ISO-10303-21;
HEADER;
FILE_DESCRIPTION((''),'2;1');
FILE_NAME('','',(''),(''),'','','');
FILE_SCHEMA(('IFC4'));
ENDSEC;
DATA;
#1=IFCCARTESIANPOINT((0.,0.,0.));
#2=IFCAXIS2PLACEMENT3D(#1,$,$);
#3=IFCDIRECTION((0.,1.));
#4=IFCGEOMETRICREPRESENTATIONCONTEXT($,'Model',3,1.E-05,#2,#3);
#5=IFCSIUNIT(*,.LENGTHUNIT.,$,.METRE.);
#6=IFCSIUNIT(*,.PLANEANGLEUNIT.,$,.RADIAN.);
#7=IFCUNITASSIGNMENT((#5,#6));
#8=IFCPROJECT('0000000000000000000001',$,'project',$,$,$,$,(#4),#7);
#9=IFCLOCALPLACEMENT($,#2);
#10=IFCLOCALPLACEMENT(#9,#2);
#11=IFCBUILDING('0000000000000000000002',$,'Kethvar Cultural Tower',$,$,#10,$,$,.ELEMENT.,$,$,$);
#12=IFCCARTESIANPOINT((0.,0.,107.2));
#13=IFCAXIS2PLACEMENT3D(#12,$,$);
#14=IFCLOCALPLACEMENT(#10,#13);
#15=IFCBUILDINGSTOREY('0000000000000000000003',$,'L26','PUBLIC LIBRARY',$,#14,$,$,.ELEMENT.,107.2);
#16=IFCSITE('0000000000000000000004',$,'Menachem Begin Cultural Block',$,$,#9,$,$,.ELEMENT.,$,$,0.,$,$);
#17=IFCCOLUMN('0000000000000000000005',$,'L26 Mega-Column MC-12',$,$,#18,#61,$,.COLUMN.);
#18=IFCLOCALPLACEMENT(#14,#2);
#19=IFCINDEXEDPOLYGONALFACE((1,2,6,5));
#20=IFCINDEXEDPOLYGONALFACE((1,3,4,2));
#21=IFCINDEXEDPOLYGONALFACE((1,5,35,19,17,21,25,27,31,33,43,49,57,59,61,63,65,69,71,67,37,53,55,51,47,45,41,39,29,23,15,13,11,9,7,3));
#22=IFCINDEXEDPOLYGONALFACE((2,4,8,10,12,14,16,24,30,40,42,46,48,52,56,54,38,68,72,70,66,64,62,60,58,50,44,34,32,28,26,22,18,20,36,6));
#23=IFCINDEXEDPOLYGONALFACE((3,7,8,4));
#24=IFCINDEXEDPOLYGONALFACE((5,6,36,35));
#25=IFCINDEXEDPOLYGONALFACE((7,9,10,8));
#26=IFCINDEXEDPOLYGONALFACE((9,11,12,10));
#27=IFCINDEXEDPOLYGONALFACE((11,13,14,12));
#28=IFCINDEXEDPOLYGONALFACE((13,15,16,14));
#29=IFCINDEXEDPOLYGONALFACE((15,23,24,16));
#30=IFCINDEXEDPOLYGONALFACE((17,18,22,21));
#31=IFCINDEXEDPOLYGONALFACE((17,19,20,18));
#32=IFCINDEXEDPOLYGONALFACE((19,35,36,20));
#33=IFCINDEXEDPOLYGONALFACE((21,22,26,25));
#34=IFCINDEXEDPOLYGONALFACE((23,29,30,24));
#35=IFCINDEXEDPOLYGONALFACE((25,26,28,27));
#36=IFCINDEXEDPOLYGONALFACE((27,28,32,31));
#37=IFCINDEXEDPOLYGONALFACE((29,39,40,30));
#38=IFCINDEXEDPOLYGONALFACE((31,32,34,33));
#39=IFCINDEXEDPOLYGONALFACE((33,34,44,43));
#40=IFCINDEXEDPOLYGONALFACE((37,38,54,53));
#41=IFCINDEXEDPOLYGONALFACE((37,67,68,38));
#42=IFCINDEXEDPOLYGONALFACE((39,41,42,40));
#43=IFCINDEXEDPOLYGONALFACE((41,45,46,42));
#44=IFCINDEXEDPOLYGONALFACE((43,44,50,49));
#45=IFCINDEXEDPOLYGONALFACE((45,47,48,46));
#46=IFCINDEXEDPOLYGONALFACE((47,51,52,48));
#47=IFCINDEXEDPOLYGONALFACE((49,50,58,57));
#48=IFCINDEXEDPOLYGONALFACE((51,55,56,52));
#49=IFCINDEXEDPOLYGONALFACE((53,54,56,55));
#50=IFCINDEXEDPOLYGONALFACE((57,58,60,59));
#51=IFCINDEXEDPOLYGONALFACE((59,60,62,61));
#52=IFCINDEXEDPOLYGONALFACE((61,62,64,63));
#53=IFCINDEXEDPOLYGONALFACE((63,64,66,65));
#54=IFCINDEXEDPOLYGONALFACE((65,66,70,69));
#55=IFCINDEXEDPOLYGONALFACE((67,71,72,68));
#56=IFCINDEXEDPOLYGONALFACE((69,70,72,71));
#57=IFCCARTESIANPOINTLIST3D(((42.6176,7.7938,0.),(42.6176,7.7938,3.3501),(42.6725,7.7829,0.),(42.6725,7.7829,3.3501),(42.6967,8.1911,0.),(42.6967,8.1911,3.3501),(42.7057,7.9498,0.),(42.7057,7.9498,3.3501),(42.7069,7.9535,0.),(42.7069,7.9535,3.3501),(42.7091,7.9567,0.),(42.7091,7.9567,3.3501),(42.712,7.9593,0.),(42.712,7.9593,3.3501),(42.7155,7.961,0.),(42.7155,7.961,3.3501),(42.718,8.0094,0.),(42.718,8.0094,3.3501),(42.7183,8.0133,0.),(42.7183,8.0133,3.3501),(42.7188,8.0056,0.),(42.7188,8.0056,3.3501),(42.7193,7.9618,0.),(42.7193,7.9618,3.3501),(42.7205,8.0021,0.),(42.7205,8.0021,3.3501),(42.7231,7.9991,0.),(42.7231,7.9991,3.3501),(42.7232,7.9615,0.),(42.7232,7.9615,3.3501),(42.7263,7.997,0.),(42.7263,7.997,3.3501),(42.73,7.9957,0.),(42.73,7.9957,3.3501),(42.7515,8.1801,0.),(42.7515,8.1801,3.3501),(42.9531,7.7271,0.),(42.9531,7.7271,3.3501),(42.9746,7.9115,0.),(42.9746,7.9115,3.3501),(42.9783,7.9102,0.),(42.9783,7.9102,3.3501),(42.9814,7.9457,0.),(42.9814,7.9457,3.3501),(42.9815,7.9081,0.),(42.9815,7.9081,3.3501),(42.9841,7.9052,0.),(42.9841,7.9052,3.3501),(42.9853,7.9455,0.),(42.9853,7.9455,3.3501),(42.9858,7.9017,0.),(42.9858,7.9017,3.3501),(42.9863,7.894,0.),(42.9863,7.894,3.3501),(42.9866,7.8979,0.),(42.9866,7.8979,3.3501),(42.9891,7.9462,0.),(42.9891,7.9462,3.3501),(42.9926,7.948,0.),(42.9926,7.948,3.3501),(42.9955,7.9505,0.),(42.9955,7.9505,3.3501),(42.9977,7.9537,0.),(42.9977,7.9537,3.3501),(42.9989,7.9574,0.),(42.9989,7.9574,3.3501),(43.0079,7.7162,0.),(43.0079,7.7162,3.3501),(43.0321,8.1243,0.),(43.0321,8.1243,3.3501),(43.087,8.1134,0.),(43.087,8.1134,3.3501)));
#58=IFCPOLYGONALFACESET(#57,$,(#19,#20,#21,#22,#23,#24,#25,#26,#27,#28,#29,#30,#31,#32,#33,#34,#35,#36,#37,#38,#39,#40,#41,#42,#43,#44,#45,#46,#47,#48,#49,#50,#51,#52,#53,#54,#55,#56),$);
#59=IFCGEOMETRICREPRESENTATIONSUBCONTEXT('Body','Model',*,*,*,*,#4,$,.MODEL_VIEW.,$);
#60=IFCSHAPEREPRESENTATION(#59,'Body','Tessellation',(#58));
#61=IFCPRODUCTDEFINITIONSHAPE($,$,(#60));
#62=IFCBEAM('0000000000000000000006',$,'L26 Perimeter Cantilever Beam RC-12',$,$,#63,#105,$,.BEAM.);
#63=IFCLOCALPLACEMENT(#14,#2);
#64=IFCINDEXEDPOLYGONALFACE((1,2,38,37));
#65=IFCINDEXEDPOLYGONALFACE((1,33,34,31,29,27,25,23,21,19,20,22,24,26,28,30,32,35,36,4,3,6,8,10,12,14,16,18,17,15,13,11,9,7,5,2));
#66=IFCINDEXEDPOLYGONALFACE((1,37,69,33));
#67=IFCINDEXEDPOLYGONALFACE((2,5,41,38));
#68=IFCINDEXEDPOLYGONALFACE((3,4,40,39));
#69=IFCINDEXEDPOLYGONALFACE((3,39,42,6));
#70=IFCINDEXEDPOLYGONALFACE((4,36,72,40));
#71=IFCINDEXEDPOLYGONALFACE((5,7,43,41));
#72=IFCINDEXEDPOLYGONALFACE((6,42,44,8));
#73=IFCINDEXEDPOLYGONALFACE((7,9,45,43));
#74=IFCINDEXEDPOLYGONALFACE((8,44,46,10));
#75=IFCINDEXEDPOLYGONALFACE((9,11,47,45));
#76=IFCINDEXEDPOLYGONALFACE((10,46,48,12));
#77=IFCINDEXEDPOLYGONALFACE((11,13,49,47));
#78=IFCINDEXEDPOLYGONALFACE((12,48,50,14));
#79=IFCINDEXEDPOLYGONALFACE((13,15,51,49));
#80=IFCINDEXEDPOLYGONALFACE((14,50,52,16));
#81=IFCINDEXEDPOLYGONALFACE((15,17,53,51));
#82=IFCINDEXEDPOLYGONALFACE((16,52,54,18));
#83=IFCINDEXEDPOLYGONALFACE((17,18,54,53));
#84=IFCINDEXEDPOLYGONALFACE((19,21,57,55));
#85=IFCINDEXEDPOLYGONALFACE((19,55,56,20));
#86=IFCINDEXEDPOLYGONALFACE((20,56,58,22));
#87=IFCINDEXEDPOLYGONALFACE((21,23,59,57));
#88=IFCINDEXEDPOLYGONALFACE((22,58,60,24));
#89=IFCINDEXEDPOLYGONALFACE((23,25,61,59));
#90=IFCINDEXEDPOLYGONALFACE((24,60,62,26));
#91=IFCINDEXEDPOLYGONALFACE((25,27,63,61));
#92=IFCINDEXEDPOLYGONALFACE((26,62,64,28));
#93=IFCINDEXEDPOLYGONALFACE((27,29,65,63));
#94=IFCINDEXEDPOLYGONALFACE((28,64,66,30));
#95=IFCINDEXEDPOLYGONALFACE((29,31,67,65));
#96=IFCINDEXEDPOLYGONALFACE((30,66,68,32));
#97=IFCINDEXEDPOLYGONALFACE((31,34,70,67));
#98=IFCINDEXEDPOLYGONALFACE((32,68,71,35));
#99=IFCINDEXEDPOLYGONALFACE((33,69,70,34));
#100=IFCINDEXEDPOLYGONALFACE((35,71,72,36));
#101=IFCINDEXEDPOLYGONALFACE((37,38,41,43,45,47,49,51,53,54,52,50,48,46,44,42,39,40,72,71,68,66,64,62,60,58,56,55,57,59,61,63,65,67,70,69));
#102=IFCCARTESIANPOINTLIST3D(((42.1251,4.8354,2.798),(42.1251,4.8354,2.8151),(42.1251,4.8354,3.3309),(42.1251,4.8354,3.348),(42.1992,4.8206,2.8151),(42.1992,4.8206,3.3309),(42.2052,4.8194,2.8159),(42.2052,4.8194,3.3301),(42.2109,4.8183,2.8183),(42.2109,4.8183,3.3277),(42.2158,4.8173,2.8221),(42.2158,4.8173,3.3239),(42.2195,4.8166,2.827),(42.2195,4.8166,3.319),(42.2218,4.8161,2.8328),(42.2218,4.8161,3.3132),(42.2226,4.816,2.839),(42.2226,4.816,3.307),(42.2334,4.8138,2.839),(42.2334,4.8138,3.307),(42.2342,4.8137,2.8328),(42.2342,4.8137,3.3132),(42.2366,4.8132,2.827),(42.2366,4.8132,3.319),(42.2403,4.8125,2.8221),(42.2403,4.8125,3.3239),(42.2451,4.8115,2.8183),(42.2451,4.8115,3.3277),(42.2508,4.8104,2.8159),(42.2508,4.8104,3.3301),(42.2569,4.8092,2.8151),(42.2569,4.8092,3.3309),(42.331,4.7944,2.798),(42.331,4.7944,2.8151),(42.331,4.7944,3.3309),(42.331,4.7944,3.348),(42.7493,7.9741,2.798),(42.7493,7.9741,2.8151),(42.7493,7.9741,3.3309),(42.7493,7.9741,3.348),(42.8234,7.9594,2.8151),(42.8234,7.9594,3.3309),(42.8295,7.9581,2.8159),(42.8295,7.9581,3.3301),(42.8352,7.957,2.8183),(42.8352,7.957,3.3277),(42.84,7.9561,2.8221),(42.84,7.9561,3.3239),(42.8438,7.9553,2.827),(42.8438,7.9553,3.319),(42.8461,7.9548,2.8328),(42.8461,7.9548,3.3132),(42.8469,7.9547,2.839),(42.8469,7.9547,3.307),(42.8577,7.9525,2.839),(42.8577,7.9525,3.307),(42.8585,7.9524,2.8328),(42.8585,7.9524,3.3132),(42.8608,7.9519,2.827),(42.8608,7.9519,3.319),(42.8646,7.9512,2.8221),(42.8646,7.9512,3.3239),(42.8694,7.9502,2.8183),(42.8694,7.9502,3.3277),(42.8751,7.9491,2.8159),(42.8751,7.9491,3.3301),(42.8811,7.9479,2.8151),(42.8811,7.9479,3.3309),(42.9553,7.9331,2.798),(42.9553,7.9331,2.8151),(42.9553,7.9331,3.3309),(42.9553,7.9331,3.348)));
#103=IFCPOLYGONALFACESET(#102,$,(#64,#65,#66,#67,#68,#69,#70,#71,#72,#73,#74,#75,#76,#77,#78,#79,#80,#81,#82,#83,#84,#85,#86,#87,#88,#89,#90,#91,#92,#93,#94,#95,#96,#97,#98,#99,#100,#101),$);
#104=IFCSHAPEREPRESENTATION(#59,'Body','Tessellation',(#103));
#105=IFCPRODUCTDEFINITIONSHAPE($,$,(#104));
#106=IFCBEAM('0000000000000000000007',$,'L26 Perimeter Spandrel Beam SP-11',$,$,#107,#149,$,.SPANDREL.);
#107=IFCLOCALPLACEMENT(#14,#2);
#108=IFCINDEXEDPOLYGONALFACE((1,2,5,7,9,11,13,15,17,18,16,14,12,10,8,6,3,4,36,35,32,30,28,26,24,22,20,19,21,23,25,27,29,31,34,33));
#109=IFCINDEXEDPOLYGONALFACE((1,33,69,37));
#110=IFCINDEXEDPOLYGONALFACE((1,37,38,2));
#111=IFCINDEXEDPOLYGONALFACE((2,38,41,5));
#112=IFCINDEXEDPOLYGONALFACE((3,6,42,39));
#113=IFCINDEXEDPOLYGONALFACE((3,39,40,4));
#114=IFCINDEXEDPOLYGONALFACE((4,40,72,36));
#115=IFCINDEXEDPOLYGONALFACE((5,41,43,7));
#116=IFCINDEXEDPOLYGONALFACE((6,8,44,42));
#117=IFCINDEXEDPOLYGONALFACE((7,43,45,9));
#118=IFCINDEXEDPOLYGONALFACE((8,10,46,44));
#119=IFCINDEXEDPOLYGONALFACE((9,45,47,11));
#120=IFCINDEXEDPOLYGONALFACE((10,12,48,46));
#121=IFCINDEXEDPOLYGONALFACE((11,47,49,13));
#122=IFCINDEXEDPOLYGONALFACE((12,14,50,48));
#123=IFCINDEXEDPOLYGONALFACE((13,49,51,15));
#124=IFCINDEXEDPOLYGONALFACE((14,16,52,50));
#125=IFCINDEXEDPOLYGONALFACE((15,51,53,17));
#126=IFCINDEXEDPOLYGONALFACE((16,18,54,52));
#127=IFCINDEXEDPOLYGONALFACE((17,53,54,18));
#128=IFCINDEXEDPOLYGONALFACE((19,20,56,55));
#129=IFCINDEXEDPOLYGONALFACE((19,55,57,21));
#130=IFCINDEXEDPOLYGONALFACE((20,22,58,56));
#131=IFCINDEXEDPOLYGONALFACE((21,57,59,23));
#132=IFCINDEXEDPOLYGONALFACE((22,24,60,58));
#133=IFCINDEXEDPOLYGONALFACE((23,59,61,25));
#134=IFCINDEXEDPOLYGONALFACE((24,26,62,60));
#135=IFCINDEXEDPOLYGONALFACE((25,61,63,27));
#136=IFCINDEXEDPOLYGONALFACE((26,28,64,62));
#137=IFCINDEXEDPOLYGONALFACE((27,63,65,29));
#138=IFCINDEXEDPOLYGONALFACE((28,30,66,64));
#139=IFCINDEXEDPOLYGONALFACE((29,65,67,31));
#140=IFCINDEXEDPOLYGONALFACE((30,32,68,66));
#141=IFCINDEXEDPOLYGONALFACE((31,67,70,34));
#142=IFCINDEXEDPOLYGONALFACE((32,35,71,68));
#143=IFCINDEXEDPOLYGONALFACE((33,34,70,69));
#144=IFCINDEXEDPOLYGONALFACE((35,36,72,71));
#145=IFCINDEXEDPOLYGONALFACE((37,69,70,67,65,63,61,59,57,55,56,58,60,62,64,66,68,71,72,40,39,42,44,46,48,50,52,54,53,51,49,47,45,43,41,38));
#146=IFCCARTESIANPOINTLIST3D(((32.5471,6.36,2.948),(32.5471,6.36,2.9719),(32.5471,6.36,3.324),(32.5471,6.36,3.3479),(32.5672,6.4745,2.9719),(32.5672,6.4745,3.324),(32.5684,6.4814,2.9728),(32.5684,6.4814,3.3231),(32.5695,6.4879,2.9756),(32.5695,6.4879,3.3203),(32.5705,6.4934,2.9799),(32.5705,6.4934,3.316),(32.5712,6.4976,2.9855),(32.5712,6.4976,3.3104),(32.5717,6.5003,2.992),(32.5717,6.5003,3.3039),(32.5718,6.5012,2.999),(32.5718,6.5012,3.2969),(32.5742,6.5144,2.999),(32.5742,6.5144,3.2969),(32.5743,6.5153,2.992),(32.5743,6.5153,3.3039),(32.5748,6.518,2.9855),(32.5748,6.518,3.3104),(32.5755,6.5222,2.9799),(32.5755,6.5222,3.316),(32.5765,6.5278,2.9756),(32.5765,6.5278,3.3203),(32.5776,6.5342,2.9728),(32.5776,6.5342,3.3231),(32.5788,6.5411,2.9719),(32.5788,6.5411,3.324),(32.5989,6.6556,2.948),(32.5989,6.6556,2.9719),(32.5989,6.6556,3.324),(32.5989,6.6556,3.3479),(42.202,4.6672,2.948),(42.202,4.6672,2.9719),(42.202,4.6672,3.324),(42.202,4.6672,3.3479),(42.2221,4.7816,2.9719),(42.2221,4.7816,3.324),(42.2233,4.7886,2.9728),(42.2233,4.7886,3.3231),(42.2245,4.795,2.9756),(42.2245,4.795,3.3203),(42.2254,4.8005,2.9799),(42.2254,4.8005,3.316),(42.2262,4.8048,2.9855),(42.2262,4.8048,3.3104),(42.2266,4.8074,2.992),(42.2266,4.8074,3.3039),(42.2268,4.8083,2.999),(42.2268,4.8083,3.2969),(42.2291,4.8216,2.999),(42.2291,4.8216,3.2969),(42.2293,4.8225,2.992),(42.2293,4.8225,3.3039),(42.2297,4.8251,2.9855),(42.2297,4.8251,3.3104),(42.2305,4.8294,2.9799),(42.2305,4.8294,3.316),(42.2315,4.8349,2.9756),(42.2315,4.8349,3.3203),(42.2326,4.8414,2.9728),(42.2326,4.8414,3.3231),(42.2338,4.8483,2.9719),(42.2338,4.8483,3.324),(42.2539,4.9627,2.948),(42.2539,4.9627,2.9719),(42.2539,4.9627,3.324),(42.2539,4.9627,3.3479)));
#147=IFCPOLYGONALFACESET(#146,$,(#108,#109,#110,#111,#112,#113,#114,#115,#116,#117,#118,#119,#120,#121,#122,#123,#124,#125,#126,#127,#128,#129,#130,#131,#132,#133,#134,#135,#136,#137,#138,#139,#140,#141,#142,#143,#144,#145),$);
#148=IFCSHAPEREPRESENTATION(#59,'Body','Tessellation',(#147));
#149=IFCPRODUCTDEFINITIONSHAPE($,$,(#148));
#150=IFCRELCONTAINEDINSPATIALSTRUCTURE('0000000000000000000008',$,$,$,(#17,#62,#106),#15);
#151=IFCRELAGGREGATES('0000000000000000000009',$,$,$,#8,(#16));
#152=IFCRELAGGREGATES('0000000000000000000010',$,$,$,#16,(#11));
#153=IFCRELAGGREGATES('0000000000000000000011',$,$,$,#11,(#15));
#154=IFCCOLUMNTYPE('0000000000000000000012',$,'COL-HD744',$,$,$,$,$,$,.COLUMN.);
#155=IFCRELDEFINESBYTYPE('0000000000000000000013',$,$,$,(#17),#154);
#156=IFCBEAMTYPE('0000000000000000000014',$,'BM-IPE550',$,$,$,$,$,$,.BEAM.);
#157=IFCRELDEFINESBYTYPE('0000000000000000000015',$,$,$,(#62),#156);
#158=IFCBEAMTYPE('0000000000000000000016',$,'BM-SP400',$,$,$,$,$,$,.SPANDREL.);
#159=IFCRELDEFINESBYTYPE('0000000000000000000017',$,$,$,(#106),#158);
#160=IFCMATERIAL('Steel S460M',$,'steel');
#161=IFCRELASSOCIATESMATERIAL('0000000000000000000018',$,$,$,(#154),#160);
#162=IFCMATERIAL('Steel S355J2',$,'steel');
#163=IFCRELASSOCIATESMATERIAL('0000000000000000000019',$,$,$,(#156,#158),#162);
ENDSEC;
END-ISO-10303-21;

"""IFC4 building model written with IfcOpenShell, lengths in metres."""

from ifc_helpers import new_model, si_unit, direction, frame, origin, origin_2d, place, context, subcontext, project, spatial, i_section, extrude, source, transform, mapped, material, material_profile, profile_set, type_object, element, save


model = new_model("IFC4")

# Units and contexts
model_context = context("Model", 3, precision=1e-05, world=origin(), true_north=direction((0.0, 1.0)))
body_context = subcontext(model_context, "Body", "Model", "MODEL_VIEW")
ifc_project = project(units=[si_unit("LENGTHUNIT", "METRE"), si_unit("PLANEANGLEUNIT", "RADIAN")], contexts=[model_context])

# Site, building, storey
site_placement = place(None, origin())
site = spatial("IfcSite", under=ifc_project, at=site_placement, Name="Menachem Begin Cultural Block", CompositionType="ELEMENT", RefElevation=0.0)
building_placement = place(site_placement, origin())
building = spatial("IfcBuilding", under=site, at=building_placement, Name="Kethvar Cultural Tower", CompositionType="ELEMENT")
storey_placement = place(building_placement, frame((0.0, 0.0, 107.2)))
storey = spatial("IfcBuildingStorey", under=building, at=storey_placement, Name="L26", Description="PUBLIC LIBRARY", CompositionType="ELEMENT", Elevation=107.2)

# Column
ifc_material_1 = material(Name="Steel S460M", Category="steel")
ifc_material_profile_1 = material_profile(ifc_material_1, i_section(OverallWidth=0.405, OverallDepth=0.3979, WebThickness=0.0349, FlangeThickness=0.0559, FilletRadius=0.0149, at=origin_2d()), Name="Steel S460M — HD400x744")
ifc_profile_set_1 = profile_set([ifc_material_profile_1], Name="Steel S460M — HD400x744")
column_type = type_object("IfcColumnType", Name="COL-HD744", PredefinedType="COLUMN", material=ifc_profile_set_1)
shared_shape_1 = source(origin(), body_context, "Body", "SweptSolid", [
    extrude(i_section(OverallWidth=0.405, OverallDepth=0.3979, WebThickness=0.0349, FlangeThickness=0.0559, FilletRadius=0.0149, at=origin_2d()), origin(), (0.0, 0.0, 1.0), 3.3501),
])
column_placement = place(storey_placement, frame((42.8523, 7.9536, 0.0), z_axis=(0.0, 0.0, 1.0), x_axis=(-0.19509, -0.980785, 0.0)))
element("IfcColumn", 1, at=column_placement, inside=storey, type_object=column_type, Name="L26 Mega-Column MC-12", PredefinedType="COLUMN", context=body_context, shape_type="MappedRepresentation", body=[
    mapped(shared_shape_1, transform((0.0, 0.0, 0.0), scale=1.0)),
])

# Beams
ifc_material_2 = material(Name="Steel S355J2", Category="steel")
ifc_material_profile_2 = material_profile(ifc_material_2, i_section(OverallWidth=0.21, OverallDepth=0.55, WebThickness=0.011, FlangeThickness=0.0171, FilletRadius=0.0239, at=origin_2d()), Name="Steel S355J2 — IPE550")
ifc_profile_set_2 = profile_set([ifc_material_profile_2], Name="Steel S355J2 — IPE550")
beam_type_1 = type_object("IfcBeamType", Name="BM-IPE550", PredefinedType="BEAM", material=ifc_profile_set_2)
shared_shape_2 = source(origin(), body_context, "Body", "SweptSolid", [
    extrude(i_section(OverallWidth=0.21, OverallDepth=0.55, WebThickness=0.011, FlangeThickness=0.0171, FilletRadius=0.0239, at=origin_2d()), origin(), (0.0, 0.0, 1.0), 3.2002),
])
beam_1_placement = place(storey_placement, frame((42.8523, 7.9536, 3.073), z_axis=(-0.195074, -0.980788, 0.0), x_axis=(0.980788, -0.195074, 0.0)))
element("IfcBeam", 2, at=beam_1_placement, inside=storey, type_object=beam_type_1, Name="L26 Perimeter Cantilever Beam RC-12", PredefinedType="BEAM", context=body_context, shape_type="MappedRepresentation", body=[
    mapped(shared_shape_2, transform((0.0, 0.0, 0.0), scale=1.0)),
])
ifc_material_profile_3 = material_profile(ifc_material_2, i_section(OverallWidth=0.3, OverallDepth=0.3999, WebThickness=0.0134, FlangeThickness=0.0239, FilletRadius=0.0271, at=origin_2d()), Name="Steel S355J2 — HEB400")
ifc_profile_set_3 = profile_set([ifc_material_profile_3], Name="Steel S355J2 — HEB400")
beam_type_2 = type_object("IfcBeamType", Name="BM-SP400", PredefinedType="SPANDREL", material=ifc_profile_set_3)
shared_shape_3 = source(origin(), body_context, "Body", "SweptSolid", [
    extrude(i_section(OverallWidth=0.3, OverallDepth=0.3999, WebThickness=0.0134, FlangeThickness=0.0239, FilletRadius=0.0271, at=origin_2d()), origin(), (0.0, 0.0, 1.0), 9.8022),
])
beam_2_placement = place(storey_placement, frame((32.573, 6.5078, 3.1479), z_axis=(0.984974, -0.172701, 0.0), x_axis=(0.172701, 0.984974, 0.0)))
element("IfcBeam", 3, at=beam_2_placement, inside=storey, type_object=beam_type_2, Name="L26 Perimeter Spandrel Beam SP-11", PredefinedType="SPANDREL", context=body_context, shape_type="MappedRepresentation", body=[
    mapped(shared_shape_3, transform((0.0, 0.0, 0.0), scale=1.0)),
])

save(model, "model.ifc")
